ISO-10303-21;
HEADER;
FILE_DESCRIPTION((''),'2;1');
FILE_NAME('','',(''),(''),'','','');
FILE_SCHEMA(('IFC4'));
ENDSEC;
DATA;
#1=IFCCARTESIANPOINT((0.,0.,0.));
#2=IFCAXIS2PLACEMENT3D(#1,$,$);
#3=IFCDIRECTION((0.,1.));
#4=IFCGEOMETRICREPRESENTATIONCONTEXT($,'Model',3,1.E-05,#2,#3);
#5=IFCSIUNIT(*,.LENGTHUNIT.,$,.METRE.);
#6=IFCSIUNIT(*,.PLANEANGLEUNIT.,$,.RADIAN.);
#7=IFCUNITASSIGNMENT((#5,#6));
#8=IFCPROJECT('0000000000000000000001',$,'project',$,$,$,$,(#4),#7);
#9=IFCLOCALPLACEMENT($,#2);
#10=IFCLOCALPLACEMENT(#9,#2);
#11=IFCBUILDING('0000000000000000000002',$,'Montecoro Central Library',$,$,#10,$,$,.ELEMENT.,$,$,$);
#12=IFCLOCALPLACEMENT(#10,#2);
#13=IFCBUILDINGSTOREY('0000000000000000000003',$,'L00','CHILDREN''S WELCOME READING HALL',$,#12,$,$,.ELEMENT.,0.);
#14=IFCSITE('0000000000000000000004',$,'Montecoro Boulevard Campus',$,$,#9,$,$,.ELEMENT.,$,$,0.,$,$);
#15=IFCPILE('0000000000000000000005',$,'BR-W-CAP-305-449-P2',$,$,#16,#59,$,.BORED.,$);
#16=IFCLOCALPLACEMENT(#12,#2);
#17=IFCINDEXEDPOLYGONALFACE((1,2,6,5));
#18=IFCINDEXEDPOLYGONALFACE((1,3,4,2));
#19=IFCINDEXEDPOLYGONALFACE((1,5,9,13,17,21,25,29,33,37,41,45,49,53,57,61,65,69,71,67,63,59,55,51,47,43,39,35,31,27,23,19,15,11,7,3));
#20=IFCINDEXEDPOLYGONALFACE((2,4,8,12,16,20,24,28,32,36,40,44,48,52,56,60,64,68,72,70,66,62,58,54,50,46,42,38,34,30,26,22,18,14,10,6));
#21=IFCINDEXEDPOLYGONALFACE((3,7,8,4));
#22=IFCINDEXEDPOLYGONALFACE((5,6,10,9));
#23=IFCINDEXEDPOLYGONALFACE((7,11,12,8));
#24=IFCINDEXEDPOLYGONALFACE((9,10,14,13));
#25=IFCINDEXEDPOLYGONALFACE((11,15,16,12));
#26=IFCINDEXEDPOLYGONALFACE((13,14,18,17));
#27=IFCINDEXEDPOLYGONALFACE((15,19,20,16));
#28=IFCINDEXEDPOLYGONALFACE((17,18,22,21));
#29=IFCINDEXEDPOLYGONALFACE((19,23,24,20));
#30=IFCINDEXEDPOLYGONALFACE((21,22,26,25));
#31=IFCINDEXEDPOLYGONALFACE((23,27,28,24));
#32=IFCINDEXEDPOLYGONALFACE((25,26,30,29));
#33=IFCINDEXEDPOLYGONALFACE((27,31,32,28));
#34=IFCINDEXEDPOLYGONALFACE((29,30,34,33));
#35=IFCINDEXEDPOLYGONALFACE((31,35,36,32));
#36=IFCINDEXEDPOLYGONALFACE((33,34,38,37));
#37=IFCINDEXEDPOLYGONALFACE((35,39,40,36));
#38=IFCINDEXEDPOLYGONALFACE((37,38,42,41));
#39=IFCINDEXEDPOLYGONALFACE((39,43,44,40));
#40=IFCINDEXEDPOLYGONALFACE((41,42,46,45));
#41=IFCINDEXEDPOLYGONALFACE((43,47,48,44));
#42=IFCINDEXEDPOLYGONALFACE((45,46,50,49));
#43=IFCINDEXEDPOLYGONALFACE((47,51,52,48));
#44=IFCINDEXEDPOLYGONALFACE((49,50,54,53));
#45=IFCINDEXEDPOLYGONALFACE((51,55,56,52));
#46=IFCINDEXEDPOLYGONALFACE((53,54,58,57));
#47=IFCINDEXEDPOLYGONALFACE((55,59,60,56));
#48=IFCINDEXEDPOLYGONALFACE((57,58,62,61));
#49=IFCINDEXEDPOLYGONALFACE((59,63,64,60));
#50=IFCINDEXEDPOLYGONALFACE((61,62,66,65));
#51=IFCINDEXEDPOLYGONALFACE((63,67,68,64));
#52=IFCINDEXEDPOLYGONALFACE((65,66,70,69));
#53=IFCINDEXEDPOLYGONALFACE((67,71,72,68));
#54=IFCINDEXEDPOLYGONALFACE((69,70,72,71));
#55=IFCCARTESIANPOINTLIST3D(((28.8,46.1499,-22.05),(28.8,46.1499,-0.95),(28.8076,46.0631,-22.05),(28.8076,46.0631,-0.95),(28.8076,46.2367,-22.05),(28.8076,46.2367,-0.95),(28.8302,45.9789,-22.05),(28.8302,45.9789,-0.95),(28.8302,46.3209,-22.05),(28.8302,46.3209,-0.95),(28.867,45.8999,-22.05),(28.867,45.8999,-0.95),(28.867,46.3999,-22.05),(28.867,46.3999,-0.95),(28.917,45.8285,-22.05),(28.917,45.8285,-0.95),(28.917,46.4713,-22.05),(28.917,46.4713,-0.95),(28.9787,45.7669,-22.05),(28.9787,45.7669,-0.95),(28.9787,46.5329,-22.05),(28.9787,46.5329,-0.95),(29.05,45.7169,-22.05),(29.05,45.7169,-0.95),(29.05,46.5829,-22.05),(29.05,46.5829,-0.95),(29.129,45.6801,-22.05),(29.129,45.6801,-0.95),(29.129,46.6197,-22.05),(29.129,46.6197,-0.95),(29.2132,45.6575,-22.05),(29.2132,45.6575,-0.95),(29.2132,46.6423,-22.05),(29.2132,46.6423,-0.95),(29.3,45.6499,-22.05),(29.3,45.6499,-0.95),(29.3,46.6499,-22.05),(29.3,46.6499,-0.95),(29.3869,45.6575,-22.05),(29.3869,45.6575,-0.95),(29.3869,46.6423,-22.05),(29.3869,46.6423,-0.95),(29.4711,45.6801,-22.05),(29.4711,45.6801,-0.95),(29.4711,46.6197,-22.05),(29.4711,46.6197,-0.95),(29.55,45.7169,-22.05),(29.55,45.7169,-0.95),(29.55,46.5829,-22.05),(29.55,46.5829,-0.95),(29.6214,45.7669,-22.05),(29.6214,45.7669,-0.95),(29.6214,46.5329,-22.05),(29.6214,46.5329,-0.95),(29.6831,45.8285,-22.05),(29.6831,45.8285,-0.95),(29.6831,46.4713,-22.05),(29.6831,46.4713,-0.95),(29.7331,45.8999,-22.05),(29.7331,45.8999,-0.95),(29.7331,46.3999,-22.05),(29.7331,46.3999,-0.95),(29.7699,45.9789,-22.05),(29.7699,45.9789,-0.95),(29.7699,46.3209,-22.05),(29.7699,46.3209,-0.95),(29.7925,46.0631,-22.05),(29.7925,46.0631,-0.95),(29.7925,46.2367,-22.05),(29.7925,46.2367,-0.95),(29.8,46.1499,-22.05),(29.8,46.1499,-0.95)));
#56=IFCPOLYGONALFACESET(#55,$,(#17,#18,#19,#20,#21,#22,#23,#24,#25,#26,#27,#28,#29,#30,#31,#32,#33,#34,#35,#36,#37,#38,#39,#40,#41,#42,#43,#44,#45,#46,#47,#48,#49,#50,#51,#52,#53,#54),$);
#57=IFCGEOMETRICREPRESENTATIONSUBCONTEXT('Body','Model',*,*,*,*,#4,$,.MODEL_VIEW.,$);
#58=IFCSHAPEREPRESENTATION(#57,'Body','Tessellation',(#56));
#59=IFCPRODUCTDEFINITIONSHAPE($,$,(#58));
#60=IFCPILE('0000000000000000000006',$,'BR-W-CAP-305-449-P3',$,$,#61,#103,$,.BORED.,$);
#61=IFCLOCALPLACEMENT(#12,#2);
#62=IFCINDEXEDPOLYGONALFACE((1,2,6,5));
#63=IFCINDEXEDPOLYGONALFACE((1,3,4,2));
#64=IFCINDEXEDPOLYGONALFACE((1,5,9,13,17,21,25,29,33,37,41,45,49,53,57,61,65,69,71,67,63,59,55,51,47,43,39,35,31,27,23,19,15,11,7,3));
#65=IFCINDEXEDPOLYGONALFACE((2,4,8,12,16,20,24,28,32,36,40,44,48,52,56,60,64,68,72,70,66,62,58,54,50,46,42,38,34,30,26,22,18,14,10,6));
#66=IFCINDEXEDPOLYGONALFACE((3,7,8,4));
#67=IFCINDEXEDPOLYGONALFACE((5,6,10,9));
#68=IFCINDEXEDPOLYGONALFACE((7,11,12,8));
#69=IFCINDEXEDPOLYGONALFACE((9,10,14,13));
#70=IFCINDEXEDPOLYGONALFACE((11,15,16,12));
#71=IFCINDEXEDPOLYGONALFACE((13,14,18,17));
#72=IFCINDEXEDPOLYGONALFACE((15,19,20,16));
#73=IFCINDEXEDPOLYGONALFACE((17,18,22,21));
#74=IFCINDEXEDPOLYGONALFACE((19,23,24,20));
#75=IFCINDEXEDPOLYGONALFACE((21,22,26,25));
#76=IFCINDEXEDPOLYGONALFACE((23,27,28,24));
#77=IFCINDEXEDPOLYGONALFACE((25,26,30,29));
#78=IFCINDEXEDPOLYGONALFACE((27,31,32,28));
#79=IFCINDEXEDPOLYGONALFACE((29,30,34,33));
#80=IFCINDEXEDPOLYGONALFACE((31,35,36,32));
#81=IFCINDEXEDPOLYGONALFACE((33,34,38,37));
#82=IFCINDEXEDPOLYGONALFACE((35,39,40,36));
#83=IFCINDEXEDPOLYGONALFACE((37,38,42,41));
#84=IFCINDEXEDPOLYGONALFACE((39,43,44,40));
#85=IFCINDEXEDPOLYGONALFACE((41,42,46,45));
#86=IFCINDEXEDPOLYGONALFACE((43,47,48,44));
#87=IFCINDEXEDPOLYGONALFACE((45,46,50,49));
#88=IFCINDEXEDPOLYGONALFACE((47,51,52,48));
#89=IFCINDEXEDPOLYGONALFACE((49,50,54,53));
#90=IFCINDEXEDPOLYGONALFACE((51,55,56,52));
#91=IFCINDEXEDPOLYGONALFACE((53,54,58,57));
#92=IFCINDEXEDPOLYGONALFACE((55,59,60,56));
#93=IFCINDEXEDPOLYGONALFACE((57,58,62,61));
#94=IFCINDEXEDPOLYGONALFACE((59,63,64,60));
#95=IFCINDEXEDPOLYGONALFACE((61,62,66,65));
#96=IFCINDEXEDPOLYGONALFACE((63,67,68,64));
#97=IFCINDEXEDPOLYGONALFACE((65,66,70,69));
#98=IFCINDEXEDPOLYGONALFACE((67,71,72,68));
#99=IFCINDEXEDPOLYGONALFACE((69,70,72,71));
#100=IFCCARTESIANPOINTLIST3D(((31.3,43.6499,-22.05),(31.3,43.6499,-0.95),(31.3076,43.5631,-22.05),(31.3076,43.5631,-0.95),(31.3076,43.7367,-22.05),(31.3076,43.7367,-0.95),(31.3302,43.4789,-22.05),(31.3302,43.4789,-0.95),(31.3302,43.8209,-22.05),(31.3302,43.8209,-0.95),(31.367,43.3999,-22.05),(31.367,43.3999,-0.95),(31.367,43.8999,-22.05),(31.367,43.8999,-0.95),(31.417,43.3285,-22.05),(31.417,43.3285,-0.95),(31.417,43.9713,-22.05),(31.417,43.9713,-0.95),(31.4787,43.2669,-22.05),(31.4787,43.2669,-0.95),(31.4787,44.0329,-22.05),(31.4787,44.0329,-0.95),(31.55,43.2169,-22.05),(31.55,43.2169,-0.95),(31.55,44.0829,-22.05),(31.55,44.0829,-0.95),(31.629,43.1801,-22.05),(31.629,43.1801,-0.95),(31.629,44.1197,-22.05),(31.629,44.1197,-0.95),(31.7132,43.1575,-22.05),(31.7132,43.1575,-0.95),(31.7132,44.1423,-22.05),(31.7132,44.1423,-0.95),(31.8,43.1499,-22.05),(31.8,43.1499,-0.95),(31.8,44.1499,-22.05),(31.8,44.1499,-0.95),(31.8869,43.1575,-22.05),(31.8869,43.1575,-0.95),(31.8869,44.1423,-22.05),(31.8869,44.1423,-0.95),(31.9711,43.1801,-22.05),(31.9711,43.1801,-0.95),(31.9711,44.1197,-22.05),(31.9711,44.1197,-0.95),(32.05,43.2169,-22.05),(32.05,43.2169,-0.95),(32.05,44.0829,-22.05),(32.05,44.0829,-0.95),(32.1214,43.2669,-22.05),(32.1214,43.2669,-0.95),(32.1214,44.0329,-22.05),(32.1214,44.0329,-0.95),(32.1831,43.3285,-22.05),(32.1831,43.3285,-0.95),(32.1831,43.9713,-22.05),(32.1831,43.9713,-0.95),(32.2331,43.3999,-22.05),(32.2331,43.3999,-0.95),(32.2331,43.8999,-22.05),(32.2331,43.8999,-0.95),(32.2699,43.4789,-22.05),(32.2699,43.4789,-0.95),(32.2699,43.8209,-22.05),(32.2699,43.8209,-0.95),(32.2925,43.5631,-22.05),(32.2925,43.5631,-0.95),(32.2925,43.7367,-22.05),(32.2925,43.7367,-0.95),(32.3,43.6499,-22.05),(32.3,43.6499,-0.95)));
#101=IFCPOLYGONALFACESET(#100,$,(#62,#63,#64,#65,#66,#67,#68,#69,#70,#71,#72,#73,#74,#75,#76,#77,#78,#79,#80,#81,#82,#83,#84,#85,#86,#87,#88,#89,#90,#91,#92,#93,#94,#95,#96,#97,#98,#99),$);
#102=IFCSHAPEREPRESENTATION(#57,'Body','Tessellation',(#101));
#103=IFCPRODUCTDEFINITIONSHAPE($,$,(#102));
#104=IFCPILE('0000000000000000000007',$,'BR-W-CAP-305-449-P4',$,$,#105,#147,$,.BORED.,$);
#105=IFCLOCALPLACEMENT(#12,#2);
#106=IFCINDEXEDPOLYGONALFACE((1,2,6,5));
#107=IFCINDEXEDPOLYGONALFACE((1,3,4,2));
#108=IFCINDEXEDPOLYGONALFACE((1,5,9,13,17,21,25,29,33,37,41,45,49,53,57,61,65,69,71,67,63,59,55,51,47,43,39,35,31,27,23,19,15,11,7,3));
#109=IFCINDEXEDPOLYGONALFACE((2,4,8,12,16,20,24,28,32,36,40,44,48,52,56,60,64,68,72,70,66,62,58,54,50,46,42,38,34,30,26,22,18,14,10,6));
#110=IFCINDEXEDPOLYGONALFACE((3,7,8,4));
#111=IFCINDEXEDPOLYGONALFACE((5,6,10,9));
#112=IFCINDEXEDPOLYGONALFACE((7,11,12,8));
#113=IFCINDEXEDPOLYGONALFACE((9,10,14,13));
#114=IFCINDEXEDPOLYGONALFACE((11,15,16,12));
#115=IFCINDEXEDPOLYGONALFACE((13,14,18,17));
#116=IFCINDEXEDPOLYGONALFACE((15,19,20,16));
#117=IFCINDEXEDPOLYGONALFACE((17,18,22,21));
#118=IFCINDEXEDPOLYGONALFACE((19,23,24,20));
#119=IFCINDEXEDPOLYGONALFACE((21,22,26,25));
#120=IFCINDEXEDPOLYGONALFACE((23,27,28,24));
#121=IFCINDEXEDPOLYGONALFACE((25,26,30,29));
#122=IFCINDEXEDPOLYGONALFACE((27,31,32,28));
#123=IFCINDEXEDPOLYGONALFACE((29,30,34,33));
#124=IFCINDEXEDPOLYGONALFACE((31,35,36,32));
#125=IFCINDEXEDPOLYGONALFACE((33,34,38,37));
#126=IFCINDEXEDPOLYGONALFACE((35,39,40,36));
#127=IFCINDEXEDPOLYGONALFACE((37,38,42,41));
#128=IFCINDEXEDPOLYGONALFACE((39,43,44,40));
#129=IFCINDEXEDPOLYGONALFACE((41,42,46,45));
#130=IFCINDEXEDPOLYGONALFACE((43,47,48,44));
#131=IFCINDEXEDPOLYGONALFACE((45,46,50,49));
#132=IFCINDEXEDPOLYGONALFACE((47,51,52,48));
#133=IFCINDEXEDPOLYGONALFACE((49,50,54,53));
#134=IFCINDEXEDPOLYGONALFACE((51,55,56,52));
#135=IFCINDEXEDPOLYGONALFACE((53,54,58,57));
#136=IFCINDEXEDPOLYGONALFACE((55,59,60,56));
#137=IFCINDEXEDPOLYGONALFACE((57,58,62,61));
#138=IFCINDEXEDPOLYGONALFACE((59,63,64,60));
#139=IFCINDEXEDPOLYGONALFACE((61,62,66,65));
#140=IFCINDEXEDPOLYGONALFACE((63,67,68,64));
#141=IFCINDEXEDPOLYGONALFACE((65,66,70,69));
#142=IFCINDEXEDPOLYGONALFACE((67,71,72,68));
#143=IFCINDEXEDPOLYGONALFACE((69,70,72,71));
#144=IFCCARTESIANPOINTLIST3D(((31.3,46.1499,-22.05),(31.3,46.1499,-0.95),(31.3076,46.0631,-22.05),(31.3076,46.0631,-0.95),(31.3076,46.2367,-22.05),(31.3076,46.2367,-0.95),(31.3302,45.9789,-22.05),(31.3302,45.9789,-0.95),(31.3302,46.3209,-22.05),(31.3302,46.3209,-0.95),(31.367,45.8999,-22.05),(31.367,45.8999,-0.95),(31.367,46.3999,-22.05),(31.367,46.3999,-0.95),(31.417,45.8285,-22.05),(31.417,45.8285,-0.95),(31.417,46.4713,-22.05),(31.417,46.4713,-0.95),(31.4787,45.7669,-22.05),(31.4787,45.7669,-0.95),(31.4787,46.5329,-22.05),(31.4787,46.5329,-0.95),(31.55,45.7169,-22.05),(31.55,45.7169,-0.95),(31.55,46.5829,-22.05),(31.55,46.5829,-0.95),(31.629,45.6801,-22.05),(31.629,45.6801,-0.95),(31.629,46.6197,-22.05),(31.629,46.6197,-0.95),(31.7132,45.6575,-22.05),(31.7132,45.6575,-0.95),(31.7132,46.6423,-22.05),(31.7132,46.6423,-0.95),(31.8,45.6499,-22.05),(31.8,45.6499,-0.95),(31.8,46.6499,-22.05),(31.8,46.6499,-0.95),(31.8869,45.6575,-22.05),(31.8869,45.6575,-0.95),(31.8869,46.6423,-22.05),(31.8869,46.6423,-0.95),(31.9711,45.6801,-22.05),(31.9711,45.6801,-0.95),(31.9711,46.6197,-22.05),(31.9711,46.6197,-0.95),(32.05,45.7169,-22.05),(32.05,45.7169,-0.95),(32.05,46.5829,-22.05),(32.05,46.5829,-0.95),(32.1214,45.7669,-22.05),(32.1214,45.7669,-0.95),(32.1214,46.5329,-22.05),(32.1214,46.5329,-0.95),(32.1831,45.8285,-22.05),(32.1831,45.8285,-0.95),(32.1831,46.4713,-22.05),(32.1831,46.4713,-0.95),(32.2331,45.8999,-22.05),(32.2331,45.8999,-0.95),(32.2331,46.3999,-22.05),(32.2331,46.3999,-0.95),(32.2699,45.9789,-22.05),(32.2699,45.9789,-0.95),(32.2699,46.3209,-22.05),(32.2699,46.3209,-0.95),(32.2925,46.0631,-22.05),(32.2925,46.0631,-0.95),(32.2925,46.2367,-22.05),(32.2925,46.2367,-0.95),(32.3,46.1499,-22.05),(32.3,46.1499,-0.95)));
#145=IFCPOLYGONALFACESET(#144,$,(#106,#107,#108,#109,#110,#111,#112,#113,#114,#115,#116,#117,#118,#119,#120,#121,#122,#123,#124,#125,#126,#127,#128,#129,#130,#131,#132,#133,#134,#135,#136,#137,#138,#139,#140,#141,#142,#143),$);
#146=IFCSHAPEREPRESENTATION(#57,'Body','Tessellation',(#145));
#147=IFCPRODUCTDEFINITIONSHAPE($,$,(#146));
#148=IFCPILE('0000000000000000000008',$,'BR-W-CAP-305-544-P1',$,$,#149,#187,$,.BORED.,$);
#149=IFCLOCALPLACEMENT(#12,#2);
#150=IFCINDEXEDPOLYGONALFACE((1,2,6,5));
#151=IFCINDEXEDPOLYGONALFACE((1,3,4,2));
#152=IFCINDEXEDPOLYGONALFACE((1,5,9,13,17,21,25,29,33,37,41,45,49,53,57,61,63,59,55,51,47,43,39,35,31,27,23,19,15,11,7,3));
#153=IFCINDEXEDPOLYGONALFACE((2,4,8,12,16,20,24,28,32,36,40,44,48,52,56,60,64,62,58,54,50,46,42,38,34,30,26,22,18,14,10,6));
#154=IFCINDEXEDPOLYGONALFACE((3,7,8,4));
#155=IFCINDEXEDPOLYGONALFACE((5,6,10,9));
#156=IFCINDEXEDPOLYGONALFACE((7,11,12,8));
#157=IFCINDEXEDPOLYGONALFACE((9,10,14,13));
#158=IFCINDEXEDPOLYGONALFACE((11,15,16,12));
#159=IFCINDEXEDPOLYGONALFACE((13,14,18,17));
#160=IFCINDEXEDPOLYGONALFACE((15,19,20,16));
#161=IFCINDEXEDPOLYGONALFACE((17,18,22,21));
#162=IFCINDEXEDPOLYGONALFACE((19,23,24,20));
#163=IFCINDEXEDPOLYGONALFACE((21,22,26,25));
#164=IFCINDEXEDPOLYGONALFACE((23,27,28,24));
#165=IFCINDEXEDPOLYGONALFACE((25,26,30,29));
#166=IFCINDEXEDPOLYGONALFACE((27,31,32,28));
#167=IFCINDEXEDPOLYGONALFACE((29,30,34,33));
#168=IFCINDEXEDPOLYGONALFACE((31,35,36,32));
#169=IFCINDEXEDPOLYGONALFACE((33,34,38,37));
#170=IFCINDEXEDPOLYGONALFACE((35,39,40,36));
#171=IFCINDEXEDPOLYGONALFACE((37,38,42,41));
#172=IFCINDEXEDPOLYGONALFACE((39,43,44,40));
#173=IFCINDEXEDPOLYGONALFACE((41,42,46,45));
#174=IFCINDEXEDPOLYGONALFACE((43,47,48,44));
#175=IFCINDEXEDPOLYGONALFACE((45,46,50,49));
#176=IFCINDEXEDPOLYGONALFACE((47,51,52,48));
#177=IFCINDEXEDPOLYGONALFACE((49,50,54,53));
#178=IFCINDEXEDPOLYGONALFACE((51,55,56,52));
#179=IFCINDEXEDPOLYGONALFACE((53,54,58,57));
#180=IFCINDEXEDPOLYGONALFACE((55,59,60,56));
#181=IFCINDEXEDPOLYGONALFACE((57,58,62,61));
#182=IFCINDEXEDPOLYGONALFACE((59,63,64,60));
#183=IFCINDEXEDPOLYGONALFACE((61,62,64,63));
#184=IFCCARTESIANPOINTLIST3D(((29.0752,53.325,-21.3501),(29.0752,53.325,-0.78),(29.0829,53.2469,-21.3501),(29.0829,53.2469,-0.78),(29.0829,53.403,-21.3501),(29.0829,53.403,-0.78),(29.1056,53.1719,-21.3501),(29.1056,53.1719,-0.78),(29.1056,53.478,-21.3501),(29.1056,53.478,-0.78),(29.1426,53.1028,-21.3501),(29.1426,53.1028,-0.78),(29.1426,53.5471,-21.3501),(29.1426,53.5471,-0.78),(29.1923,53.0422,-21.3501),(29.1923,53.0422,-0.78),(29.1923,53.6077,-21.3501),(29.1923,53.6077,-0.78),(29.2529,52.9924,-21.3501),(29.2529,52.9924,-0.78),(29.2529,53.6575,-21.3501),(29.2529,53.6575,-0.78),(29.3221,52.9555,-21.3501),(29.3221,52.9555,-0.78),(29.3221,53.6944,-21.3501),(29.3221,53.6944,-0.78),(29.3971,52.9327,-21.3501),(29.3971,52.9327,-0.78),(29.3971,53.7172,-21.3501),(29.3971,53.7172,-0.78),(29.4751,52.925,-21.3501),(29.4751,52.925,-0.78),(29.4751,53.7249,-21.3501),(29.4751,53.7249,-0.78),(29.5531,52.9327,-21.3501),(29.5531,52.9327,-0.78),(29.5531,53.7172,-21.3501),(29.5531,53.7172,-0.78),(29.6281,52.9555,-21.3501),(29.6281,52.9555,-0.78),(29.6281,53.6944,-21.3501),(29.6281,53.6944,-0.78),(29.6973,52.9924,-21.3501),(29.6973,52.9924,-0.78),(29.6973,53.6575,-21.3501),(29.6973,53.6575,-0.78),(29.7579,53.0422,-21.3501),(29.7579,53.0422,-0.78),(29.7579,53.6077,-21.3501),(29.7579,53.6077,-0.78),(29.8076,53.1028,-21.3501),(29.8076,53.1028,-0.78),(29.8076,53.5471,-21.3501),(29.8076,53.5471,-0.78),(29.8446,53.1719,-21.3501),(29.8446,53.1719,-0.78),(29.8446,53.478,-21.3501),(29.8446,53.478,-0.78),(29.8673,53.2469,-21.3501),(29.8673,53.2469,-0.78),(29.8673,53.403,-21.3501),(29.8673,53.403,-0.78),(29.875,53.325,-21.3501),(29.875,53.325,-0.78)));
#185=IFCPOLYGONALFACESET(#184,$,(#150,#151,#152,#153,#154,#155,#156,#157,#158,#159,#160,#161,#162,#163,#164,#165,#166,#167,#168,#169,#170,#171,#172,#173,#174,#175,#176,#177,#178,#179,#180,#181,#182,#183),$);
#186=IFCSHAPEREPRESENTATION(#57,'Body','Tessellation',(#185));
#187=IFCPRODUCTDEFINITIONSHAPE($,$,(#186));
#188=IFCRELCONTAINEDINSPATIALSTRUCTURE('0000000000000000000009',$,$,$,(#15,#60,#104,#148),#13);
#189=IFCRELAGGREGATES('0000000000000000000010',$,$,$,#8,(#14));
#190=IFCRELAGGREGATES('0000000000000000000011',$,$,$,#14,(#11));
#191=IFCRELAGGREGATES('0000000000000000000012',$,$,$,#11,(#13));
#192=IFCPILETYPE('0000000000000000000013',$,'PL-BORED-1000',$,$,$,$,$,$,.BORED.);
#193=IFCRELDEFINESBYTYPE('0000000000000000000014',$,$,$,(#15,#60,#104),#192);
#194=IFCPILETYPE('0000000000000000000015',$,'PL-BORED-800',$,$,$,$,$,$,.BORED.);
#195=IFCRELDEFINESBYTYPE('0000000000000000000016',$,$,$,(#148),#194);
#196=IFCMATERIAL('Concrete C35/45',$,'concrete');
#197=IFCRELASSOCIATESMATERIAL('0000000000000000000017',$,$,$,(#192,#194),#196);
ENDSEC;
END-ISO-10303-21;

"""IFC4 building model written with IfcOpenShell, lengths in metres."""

from ifc_helpers import new_model, si_unit, direction, frame, origin, origin_2d, place, context, subcontext, project, spatial, circle, extrude, material, material_profile, profile_set, type_object, element, save


model = new_model("IFC4")

# Units and contexts
model_context = context("Model", 3, precision=1e-05, world=origin(), true_north=direction((0.0, 1.0)))
body_context = subcontext(model_context, "Body", "Model", "MODEL_VIEW")
ifc_project = project(units=[si_unit("LENGTHUNIT", "METRE"), si_unit("PLANEANGLEUNIT", "RADIAN")], contexts=[model_context])

# Site, building, storey
site_placement = place(None, origin())
site = spatial("IfcSite", under=ifc_project, at=site_placement, Name="Montecoro Boulevard Campus", CompositionType="ELEMENT", RefElevation=0.0)
building_placement = place(site_placement, origin())
building = spatial("IfcBuilding", under=site, at=building_placement, Name="Montecoro Central Library", CompositionType="ELEMENT")
storey_placement = place(building_placement, origin())
storey = spatial("IfcBuildingStorey", under=building, at=storey_placement, Name="L00", Description="CHILDREN'S WELCOME READING HALL", CompositionType="ELEMENT", Elevation=0.0)

# Shared definitions
ifc_material_1 = material(Name="Concrete C35/45", Category="concrete")

# Piles
ifc_material_profile_1 = material_profile(ifc_material_1, circle(Radius=0.5, at=origin_2d()), Name="PILE D1000")
ifc_profile_set_1 = profile_set([ifc_material_profile_1], Name="Concrete C35/45")
pile_type_1 = type_object("IfcPileType", Name="PL-BORED-1000", PredefinedType="BORED", material=ifc_profile_set_1)
for number, where, z_axis, x_axis, name in (
    (1, (29.3, 46.1499, -0.95), (0.0, 0.0, -1.0), (1.0, 0.0, 0.0), "BR-W-CAP-305-449-P2"),
    (2, (31.8, 43.6499, -0.95), (0.0, 0.0, -1.0), (1.0, 0.0, 0.0), "BR-W-CAP-305-449-P3"),
    (3, (31.8, 46.1499, -0.95), (0.0, 0.0, -1.0), (1.0, 0.0, 0.0), "BR-W-CAP-305-449-P4"),
):
    element("IfcPile", number, at=place(storey_placement, frame(where, z_axis=z_axis, x_axis=x_axis)), inside=storey, type_object=pile_type_1, Name=name, PredefinedType="BORED", context=body_context, shape_type="SweptSolid", body=[
        extrude(circle(Radius=0.5, at=origin_2d()), origin(), (0.0, 0.0, 1.0), 21.1001),
    ])
ifc_material_profile_2 = material_profile(ifc_material_1, circle(Radius=0.3999, at=origin_2d()), Name="PILE D800")
ifc_profile_set_2 = profile_set([ifc_material_profile_2], Name="Concrete C35/45")
pile_type_2 = type_object("IfcPileType", Name="PL-BORED-800", PredefinedType="BORED", material=ifc_profile_set_2)
for number, where, z_axis, x_axis, name in (
    (4, (29.4751, 53.325, -0.78), (0.0, 0.0, -1.0), (1.0, 0.0, 0.0), "BR-W-CAP-305-544-P1"),
):
    element("IfcPile", number, at=place(storey_placement, frame(where, z_axis=z_axis, x_axis=x_axis)), inside=storey, type_object=pile_type_2, Name=name, PredefinedType="BORED", context=body_context, shape_type="SweptSolid", body=[
        extrude(circle(Radius=0.3999, at=origin_2d()), origin(), (0.0, 0.0, 1.0), 20.5701),
    ])

save(model, "model.ifc")
